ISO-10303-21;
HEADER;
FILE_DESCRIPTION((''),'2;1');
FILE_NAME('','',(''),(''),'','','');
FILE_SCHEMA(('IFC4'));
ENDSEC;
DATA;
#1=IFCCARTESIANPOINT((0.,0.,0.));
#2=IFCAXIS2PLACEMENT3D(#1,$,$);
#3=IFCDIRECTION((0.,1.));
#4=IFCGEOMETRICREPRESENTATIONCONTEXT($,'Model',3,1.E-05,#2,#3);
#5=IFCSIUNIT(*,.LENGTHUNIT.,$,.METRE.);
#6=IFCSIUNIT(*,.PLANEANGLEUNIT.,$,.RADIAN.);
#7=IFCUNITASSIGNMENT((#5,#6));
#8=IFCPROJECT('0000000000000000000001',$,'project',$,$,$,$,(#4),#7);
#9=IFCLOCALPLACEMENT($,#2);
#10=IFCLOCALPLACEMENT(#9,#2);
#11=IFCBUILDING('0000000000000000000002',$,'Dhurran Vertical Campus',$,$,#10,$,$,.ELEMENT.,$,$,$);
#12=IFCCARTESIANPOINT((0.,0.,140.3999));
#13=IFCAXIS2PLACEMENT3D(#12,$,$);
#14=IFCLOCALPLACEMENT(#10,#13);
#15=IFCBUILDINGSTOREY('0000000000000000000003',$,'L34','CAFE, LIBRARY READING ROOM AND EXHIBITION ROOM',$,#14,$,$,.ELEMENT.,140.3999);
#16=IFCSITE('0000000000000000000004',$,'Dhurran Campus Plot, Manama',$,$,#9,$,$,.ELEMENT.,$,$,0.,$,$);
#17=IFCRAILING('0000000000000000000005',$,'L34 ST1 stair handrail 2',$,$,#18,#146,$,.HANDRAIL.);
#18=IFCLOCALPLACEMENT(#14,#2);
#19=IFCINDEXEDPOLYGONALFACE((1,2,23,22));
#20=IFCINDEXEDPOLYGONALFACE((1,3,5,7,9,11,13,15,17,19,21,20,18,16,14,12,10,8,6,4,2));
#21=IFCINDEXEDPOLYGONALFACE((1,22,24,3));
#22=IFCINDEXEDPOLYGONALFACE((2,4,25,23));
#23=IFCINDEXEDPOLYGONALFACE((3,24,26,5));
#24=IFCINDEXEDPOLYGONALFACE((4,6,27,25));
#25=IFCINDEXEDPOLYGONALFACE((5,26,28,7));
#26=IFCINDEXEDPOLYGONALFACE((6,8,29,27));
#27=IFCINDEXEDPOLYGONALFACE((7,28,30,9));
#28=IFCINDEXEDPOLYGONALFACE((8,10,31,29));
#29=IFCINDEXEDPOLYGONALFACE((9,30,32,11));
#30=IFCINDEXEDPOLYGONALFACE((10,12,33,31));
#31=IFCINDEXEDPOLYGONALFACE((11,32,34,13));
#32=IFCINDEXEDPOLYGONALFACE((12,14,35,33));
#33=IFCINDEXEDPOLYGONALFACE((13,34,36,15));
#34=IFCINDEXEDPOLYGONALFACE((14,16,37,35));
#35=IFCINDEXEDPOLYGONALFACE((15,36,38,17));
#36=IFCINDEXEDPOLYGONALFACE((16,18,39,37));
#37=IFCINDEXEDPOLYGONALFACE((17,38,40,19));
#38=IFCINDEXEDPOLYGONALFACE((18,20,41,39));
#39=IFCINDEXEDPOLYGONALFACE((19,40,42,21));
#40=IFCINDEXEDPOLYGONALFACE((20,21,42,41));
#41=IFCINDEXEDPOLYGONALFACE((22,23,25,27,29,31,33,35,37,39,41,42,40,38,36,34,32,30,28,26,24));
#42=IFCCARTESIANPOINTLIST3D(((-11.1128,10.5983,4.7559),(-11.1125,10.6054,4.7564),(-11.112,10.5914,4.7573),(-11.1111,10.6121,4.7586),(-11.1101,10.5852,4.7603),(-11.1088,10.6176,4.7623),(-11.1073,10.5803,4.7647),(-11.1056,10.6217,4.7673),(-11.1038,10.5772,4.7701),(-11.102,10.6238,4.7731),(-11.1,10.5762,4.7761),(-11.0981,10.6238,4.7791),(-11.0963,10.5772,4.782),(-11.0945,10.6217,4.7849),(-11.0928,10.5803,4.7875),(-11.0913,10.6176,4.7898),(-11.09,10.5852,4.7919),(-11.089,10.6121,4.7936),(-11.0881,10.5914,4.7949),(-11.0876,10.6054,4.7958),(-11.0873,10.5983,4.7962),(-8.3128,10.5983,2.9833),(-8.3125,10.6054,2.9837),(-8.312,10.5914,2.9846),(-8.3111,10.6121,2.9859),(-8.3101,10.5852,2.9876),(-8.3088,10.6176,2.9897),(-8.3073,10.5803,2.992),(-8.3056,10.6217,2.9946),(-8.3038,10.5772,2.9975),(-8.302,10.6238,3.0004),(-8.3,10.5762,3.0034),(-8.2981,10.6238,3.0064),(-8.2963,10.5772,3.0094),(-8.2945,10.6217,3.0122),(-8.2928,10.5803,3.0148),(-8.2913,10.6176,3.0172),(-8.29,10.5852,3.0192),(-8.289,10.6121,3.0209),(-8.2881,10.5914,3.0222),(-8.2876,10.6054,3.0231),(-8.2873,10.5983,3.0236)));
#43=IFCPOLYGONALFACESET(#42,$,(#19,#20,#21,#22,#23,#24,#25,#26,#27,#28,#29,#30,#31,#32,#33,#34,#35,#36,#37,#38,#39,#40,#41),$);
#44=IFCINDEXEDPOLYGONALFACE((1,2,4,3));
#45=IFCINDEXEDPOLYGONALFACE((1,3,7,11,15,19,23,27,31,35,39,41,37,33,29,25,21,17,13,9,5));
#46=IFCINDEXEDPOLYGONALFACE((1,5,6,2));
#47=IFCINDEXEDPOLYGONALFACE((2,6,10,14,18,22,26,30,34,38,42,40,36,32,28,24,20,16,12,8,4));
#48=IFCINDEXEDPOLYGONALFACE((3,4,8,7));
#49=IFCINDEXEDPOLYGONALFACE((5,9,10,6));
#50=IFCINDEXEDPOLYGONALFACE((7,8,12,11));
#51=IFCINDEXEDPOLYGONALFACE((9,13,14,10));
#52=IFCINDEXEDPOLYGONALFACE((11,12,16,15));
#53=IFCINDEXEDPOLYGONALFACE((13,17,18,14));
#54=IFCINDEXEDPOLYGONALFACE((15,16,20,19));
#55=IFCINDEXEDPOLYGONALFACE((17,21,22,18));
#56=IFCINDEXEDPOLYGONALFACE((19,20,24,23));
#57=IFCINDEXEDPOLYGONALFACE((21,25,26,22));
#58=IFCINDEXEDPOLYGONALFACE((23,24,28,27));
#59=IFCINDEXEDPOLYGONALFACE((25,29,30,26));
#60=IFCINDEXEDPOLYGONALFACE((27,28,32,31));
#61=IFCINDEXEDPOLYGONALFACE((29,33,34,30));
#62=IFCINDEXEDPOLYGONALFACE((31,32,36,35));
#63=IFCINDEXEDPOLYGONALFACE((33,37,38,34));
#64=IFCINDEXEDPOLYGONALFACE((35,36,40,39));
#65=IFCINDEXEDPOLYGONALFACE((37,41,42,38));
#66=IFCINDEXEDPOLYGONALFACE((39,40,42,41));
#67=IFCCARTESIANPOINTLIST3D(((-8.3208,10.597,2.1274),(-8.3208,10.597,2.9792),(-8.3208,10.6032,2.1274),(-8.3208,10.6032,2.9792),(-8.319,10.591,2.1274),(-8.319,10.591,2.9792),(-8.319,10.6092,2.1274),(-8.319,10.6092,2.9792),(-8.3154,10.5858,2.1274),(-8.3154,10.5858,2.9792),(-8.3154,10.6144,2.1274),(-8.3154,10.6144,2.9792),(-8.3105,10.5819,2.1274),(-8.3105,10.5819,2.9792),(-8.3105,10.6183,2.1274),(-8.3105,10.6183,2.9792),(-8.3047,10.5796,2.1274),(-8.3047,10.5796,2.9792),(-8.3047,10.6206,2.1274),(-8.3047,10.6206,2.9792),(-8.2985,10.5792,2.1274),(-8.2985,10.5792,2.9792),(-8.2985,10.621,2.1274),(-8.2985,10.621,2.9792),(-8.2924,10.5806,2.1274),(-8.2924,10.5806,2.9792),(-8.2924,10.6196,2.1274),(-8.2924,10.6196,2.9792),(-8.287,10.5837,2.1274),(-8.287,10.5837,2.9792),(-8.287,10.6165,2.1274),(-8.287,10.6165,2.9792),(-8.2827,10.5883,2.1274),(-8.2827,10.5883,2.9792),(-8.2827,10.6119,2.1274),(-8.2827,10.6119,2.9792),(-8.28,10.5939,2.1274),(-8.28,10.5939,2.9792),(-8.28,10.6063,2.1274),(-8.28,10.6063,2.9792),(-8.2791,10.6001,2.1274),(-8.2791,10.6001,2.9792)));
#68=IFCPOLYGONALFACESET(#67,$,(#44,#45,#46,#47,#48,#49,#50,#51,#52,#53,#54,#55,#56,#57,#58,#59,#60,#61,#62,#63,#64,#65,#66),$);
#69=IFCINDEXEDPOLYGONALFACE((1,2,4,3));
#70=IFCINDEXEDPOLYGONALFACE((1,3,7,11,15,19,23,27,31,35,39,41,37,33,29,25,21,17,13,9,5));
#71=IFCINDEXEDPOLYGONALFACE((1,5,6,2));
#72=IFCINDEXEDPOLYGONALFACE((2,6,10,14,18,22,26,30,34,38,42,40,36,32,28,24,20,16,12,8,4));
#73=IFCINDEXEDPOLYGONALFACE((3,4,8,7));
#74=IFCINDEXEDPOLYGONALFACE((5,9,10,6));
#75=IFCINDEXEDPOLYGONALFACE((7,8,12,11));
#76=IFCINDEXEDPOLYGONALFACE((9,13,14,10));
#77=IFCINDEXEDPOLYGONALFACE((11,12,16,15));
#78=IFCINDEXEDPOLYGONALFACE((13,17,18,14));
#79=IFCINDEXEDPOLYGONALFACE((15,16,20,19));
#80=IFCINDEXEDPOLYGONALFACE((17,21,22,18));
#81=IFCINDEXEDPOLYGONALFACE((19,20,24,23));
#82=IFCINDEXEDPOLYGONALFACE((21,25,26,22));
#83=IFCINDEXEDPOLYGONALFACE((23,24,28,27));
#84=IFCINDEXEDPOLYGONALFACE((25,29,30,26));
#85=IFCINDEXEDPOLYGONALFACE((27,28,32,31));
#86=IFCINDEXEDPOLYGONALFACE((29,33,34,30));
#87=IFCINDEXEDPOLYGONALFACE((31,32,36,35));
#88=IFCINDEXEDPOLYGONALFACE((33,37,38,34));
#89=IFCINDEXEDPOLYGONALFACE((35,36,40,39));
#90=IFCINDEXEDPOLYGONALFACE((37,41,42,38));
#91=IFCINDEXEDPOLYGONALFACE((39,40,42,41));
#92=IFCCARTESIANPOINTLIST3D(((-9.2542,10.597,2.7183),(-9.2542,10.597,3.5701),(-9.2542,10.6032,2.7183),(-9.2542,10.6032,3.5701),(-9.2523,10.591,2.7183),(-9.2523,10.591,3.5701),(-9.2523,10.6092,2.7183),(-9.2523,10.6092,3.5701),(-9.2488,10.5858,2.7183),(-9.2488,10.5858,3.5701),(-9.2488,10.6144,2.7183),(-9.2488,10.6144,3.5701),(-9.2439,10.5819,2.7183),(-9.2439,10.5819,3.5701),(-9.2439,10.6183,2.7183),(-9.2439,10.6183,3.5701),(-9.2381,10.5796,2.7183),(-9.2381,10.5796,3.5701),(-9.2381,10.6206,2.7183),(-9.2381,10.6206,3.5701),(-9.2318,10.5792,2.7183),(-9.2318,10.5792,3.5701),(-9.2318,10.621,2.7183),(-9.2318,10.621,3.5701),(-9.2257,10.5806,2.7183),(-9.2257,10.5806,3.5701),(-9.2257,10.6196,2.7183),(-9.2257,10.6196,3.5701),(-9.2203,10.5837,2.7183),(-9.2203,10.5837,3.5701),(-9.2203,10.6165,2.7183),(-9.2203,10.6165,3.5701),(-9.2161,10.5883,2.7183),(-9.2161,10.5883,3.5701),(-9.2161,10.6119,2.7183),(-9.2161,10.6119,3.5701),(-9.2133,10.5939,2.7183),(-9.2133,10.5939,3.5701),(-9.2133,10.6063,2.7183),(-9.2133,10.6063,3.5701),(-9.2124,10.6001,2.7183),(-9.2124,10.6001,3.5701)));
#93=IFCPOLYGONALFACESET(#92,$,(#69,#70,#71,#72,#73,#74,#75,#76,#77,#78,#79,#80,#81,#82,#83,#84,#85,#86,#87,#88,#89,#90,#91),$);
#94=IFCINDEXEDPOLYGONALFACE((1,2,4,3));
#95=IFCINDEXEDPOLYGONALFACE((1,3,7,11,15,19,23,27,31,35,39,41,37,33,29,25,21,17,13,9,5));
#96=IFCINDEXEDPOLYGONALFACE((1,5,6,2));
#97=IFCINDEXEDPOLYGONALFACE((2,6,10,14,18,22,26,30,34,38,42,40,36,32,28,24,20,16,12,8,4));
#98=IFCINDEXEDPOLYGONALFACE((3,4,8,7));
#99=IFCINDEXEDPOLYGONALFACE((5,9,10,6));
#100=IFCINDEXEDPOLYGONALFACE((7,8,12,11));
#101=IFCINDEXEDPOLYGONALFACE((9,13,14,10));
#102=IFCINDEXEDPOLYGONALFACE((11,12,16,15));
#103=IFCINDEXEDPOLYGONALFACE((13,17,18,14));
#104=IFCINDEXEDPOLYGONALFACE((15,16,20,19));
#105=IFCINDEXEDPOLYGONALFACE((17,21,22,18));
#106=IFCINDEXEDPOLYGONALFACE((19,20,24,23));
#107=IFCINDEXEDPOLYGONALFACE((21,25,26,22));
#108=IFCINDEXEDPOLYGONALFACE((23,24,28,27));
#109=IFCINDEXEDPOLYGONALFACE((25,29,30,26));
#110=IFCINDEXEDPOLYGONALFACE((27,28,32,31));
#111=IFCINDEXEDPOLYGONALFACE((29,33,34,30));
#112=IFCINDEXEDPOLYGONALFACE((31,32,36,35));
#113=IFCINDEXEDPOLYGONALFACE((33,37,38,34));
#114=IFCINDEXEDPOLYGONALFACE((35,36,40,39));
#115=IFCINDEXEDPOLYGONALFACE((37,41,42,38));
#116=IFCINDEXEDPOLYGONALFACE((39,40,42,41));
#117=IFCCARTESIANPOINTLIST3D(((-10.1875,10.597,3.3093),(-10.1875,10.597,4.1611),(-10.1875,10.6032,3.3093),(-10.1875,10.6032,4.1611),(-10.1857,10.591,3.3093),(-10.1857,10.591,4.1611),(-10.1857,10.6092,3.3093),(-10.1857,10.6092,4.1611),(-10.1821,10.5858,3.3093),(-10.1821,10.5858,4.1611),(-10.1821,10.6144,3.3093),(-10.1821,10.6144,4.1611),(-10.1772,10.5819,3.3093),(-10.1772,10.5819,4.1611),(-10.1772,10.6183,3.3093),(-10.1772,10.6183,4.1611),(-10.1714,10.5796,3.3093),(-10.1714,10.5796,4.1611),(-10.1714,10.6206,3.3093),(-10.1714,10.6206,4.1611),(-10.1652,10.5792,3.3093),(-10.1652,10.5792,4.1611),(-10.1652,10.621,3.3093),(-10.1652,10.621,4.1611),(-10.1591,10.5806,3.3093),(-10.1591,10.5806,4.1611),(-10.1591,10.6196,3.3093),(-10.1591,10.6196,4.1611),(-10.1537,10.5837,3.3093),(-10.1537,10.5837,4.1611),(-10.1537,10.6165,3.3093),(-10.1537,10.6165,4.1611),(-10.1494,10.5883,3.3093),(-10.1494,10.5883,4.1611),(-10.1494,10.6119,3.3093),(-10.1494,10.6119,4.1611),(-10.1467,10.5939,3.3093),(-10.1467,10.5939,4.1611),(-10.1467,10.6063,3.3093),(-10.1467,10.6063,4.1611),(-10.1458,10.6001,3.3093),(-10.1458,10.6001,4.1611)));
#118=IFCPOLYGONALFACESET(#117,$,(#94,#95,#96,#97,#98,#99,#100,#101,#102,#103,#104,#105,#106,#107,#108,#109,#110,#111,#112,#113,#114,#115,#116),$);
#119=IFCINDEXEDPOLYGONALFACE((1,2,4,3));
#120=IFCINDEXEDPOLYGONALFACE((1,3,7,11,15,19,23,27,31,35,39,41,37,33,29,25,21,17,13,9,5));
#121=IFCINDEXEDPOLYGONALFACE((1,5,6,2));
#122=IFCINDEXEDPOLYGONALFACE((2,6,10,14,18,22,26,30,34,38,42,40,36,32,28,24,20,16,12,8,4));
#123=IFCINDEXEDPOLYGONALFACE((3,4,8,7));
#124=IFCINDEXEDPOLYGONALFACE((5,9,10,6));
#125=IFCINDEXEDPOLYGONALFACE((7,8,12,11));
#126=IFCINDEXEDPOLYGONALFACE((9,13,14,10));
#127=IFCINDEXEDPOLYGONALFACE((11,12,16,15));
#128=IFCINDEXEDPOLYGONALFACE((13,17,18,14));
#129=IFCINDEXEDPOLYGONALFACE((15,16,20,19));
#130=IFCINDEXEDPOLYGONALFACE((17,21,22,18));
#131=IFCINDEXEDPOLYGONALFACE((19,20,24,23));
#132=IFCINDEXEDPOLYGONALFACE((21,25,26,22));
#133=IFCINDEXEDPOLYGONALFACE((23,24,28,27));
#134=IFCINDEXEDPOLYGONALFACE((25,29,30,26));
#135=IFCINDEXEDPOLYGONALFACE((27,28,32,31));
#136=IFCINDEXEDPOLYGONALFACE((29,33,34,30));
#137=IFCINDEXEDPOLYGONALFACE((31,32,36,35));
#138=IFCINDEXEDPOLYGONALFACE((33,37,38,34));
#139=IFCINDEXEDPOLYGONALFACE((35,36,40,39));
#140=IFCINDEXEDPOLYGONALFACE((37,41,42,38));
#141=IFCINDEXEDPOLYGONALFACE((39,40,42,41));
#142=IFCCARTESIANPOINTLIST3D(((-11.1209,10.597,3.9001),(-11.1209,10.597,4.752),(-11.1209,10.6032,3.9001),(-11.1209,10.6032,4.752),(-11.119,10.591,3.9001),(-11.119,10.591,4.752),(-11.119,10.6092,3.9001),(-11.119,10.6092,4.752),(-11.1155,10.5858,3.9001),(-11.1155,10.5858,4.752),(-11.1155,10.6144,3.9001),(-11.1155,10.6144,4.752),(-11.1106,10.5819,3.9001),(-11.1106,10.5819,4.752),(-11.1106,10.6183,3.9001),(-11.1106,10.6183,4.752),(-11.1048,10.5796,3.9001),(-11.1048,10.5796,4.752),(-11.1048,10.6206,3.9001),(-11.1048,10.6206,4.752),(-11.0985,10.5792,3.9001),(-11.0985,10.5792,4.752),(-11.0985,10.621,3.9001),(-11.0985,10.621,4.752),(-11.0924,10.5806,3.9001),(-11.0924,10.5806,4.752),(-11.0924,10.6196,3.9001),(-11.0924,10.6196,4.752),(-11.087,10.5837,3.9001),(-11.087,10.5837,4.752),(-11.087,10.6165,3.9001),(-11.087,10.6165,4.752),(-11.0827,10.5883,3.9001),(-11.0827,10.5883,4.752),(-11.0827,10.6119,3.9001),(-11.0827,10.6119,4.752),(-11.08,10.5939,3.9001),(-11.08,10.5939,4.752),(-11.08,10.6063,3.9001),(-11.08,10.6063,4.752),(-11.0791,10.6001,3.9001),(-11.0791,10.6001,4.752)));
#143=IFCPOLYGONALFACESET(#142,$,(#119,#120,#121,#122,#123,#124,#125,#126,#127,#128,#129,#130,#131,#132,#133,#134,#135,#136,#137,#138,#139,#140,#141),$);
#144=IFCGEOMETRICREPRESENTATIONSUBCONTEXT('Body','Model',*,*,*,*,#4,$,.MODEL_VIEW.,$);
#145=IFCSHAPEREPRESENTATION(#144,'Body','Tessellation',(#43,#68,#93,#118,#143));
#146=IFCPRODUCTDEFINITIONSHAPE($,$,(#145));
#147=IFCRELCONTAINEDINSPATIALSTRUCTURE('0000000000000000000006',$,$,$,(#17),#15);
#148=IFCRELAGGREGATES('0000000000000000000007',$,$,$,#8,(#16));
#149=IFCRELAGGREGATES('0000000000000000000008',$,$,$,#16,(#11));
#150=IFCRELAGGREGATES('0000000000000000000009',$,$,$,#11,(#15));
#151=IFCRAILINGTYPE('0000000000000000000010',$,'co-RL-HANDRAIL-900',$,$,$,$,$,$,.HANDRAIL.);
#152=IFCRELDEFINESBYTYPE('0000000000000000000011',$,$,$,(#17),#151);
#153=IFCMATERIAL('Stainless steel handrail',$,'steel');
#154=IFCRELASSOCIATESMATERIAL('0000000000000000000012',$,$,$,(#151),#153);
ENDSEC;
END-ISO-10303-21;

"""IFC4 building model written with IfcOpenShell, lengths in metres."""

from ifc_helpers import new_model, si_unit, direction, frame, origin, origin_2d, place, context, subcontext, project, spatial, circle, extrude, material, type_object, element, save


model = new_model("IFC4")

# Units and contexts
model_context = context("Model", 3, precision=1e-05, world=origin(), true_north=direction((0.0, 1.0)))
body_context = subcontext(model_context, "Body", "Model", "MODEL_VIEW")
ifc_project = project(units=[si_unit("LENGTHUNIT", "METRE"), si_unit("PLANEANGLEUNIT", "RADIAN")], contexts=[model_context])

# Site, building, storey
site_placement = place(None, origin())
site = spatial("IfcSite", under=ifc_project, at=site_placement, Name="Dhurran Campus Plot, Manama", CompositionType="ELEMENT", RefElevation=0.0)
building_placement = place(site_placement, origin())
building = spatial("IfcBuilding", under=site, at=building_placement, Name="Dhurran Vertical Campus", CompositionType="ELEMENT")
storey_placement = place(building_placement, frame((0.0, 0.0, 140.3999)))
storey = spatial("IfcBuildingStorey", under=building, at=storey_placement, Name="L34", Description="CAFE, LIBRARY READING ROOM AND EXHIBITION ROOM", CompositionType="ELEMENT", Elevation=140.3999)

# Railing
ifc_material_1 = material(Name="Stainless steel handrail", Category="steel")
railing_type_1 = type_object("IfcRailingType", Name="co-RL-HANDRAIL-900", PredefinedType="HANDRAIL", material=ifc_material_1)
railing_1_placement = place(storey_placement, frame((-8.3, 10.6001, 2.1274)))
element("IfcRailing", 1, at=railing_1_placement, inside=storey, type_object=railing_type_1, Name="L34 ST1 stair handrail 2", PredefinedType="HANDRAIL", context=body_context, shape_type="SweptSolid", body=[
    extrude(circle(Radius=0.0239, at=origin_2d()), frame((0.0, 0.0, 0.876), z_axis=(-0.844909, 0.0, 0.53491), x_axis=(0.0, -1.0, 0.0)), (0.0, 0.0, 1.0), 3.314),
    extrude(circle(Radius=0.021, at=origin_2d()), origin(), (0.0, 0.0, 1.0), 0.8518),
    extrude(circle(Radius=0.021, at=origin_2d()), frame((-0.9333, 0.0, 0.5908)), (0.0, 0.0, 1.0), 0.8518),
    extrude(circle(Radius=0.021, at=origin_2d()), frame((-1.8667, 0.0, 1.1819)), (0.0, 0.0, 1.0), 0.8518),
    extrude(circle(Radius=0.021, at=origin_2d()), frame((-2.8, 0.0, 1.7727)), (0.0, 0.0, 1.0), 0.8518),
])

save(model, "model.ifc")
